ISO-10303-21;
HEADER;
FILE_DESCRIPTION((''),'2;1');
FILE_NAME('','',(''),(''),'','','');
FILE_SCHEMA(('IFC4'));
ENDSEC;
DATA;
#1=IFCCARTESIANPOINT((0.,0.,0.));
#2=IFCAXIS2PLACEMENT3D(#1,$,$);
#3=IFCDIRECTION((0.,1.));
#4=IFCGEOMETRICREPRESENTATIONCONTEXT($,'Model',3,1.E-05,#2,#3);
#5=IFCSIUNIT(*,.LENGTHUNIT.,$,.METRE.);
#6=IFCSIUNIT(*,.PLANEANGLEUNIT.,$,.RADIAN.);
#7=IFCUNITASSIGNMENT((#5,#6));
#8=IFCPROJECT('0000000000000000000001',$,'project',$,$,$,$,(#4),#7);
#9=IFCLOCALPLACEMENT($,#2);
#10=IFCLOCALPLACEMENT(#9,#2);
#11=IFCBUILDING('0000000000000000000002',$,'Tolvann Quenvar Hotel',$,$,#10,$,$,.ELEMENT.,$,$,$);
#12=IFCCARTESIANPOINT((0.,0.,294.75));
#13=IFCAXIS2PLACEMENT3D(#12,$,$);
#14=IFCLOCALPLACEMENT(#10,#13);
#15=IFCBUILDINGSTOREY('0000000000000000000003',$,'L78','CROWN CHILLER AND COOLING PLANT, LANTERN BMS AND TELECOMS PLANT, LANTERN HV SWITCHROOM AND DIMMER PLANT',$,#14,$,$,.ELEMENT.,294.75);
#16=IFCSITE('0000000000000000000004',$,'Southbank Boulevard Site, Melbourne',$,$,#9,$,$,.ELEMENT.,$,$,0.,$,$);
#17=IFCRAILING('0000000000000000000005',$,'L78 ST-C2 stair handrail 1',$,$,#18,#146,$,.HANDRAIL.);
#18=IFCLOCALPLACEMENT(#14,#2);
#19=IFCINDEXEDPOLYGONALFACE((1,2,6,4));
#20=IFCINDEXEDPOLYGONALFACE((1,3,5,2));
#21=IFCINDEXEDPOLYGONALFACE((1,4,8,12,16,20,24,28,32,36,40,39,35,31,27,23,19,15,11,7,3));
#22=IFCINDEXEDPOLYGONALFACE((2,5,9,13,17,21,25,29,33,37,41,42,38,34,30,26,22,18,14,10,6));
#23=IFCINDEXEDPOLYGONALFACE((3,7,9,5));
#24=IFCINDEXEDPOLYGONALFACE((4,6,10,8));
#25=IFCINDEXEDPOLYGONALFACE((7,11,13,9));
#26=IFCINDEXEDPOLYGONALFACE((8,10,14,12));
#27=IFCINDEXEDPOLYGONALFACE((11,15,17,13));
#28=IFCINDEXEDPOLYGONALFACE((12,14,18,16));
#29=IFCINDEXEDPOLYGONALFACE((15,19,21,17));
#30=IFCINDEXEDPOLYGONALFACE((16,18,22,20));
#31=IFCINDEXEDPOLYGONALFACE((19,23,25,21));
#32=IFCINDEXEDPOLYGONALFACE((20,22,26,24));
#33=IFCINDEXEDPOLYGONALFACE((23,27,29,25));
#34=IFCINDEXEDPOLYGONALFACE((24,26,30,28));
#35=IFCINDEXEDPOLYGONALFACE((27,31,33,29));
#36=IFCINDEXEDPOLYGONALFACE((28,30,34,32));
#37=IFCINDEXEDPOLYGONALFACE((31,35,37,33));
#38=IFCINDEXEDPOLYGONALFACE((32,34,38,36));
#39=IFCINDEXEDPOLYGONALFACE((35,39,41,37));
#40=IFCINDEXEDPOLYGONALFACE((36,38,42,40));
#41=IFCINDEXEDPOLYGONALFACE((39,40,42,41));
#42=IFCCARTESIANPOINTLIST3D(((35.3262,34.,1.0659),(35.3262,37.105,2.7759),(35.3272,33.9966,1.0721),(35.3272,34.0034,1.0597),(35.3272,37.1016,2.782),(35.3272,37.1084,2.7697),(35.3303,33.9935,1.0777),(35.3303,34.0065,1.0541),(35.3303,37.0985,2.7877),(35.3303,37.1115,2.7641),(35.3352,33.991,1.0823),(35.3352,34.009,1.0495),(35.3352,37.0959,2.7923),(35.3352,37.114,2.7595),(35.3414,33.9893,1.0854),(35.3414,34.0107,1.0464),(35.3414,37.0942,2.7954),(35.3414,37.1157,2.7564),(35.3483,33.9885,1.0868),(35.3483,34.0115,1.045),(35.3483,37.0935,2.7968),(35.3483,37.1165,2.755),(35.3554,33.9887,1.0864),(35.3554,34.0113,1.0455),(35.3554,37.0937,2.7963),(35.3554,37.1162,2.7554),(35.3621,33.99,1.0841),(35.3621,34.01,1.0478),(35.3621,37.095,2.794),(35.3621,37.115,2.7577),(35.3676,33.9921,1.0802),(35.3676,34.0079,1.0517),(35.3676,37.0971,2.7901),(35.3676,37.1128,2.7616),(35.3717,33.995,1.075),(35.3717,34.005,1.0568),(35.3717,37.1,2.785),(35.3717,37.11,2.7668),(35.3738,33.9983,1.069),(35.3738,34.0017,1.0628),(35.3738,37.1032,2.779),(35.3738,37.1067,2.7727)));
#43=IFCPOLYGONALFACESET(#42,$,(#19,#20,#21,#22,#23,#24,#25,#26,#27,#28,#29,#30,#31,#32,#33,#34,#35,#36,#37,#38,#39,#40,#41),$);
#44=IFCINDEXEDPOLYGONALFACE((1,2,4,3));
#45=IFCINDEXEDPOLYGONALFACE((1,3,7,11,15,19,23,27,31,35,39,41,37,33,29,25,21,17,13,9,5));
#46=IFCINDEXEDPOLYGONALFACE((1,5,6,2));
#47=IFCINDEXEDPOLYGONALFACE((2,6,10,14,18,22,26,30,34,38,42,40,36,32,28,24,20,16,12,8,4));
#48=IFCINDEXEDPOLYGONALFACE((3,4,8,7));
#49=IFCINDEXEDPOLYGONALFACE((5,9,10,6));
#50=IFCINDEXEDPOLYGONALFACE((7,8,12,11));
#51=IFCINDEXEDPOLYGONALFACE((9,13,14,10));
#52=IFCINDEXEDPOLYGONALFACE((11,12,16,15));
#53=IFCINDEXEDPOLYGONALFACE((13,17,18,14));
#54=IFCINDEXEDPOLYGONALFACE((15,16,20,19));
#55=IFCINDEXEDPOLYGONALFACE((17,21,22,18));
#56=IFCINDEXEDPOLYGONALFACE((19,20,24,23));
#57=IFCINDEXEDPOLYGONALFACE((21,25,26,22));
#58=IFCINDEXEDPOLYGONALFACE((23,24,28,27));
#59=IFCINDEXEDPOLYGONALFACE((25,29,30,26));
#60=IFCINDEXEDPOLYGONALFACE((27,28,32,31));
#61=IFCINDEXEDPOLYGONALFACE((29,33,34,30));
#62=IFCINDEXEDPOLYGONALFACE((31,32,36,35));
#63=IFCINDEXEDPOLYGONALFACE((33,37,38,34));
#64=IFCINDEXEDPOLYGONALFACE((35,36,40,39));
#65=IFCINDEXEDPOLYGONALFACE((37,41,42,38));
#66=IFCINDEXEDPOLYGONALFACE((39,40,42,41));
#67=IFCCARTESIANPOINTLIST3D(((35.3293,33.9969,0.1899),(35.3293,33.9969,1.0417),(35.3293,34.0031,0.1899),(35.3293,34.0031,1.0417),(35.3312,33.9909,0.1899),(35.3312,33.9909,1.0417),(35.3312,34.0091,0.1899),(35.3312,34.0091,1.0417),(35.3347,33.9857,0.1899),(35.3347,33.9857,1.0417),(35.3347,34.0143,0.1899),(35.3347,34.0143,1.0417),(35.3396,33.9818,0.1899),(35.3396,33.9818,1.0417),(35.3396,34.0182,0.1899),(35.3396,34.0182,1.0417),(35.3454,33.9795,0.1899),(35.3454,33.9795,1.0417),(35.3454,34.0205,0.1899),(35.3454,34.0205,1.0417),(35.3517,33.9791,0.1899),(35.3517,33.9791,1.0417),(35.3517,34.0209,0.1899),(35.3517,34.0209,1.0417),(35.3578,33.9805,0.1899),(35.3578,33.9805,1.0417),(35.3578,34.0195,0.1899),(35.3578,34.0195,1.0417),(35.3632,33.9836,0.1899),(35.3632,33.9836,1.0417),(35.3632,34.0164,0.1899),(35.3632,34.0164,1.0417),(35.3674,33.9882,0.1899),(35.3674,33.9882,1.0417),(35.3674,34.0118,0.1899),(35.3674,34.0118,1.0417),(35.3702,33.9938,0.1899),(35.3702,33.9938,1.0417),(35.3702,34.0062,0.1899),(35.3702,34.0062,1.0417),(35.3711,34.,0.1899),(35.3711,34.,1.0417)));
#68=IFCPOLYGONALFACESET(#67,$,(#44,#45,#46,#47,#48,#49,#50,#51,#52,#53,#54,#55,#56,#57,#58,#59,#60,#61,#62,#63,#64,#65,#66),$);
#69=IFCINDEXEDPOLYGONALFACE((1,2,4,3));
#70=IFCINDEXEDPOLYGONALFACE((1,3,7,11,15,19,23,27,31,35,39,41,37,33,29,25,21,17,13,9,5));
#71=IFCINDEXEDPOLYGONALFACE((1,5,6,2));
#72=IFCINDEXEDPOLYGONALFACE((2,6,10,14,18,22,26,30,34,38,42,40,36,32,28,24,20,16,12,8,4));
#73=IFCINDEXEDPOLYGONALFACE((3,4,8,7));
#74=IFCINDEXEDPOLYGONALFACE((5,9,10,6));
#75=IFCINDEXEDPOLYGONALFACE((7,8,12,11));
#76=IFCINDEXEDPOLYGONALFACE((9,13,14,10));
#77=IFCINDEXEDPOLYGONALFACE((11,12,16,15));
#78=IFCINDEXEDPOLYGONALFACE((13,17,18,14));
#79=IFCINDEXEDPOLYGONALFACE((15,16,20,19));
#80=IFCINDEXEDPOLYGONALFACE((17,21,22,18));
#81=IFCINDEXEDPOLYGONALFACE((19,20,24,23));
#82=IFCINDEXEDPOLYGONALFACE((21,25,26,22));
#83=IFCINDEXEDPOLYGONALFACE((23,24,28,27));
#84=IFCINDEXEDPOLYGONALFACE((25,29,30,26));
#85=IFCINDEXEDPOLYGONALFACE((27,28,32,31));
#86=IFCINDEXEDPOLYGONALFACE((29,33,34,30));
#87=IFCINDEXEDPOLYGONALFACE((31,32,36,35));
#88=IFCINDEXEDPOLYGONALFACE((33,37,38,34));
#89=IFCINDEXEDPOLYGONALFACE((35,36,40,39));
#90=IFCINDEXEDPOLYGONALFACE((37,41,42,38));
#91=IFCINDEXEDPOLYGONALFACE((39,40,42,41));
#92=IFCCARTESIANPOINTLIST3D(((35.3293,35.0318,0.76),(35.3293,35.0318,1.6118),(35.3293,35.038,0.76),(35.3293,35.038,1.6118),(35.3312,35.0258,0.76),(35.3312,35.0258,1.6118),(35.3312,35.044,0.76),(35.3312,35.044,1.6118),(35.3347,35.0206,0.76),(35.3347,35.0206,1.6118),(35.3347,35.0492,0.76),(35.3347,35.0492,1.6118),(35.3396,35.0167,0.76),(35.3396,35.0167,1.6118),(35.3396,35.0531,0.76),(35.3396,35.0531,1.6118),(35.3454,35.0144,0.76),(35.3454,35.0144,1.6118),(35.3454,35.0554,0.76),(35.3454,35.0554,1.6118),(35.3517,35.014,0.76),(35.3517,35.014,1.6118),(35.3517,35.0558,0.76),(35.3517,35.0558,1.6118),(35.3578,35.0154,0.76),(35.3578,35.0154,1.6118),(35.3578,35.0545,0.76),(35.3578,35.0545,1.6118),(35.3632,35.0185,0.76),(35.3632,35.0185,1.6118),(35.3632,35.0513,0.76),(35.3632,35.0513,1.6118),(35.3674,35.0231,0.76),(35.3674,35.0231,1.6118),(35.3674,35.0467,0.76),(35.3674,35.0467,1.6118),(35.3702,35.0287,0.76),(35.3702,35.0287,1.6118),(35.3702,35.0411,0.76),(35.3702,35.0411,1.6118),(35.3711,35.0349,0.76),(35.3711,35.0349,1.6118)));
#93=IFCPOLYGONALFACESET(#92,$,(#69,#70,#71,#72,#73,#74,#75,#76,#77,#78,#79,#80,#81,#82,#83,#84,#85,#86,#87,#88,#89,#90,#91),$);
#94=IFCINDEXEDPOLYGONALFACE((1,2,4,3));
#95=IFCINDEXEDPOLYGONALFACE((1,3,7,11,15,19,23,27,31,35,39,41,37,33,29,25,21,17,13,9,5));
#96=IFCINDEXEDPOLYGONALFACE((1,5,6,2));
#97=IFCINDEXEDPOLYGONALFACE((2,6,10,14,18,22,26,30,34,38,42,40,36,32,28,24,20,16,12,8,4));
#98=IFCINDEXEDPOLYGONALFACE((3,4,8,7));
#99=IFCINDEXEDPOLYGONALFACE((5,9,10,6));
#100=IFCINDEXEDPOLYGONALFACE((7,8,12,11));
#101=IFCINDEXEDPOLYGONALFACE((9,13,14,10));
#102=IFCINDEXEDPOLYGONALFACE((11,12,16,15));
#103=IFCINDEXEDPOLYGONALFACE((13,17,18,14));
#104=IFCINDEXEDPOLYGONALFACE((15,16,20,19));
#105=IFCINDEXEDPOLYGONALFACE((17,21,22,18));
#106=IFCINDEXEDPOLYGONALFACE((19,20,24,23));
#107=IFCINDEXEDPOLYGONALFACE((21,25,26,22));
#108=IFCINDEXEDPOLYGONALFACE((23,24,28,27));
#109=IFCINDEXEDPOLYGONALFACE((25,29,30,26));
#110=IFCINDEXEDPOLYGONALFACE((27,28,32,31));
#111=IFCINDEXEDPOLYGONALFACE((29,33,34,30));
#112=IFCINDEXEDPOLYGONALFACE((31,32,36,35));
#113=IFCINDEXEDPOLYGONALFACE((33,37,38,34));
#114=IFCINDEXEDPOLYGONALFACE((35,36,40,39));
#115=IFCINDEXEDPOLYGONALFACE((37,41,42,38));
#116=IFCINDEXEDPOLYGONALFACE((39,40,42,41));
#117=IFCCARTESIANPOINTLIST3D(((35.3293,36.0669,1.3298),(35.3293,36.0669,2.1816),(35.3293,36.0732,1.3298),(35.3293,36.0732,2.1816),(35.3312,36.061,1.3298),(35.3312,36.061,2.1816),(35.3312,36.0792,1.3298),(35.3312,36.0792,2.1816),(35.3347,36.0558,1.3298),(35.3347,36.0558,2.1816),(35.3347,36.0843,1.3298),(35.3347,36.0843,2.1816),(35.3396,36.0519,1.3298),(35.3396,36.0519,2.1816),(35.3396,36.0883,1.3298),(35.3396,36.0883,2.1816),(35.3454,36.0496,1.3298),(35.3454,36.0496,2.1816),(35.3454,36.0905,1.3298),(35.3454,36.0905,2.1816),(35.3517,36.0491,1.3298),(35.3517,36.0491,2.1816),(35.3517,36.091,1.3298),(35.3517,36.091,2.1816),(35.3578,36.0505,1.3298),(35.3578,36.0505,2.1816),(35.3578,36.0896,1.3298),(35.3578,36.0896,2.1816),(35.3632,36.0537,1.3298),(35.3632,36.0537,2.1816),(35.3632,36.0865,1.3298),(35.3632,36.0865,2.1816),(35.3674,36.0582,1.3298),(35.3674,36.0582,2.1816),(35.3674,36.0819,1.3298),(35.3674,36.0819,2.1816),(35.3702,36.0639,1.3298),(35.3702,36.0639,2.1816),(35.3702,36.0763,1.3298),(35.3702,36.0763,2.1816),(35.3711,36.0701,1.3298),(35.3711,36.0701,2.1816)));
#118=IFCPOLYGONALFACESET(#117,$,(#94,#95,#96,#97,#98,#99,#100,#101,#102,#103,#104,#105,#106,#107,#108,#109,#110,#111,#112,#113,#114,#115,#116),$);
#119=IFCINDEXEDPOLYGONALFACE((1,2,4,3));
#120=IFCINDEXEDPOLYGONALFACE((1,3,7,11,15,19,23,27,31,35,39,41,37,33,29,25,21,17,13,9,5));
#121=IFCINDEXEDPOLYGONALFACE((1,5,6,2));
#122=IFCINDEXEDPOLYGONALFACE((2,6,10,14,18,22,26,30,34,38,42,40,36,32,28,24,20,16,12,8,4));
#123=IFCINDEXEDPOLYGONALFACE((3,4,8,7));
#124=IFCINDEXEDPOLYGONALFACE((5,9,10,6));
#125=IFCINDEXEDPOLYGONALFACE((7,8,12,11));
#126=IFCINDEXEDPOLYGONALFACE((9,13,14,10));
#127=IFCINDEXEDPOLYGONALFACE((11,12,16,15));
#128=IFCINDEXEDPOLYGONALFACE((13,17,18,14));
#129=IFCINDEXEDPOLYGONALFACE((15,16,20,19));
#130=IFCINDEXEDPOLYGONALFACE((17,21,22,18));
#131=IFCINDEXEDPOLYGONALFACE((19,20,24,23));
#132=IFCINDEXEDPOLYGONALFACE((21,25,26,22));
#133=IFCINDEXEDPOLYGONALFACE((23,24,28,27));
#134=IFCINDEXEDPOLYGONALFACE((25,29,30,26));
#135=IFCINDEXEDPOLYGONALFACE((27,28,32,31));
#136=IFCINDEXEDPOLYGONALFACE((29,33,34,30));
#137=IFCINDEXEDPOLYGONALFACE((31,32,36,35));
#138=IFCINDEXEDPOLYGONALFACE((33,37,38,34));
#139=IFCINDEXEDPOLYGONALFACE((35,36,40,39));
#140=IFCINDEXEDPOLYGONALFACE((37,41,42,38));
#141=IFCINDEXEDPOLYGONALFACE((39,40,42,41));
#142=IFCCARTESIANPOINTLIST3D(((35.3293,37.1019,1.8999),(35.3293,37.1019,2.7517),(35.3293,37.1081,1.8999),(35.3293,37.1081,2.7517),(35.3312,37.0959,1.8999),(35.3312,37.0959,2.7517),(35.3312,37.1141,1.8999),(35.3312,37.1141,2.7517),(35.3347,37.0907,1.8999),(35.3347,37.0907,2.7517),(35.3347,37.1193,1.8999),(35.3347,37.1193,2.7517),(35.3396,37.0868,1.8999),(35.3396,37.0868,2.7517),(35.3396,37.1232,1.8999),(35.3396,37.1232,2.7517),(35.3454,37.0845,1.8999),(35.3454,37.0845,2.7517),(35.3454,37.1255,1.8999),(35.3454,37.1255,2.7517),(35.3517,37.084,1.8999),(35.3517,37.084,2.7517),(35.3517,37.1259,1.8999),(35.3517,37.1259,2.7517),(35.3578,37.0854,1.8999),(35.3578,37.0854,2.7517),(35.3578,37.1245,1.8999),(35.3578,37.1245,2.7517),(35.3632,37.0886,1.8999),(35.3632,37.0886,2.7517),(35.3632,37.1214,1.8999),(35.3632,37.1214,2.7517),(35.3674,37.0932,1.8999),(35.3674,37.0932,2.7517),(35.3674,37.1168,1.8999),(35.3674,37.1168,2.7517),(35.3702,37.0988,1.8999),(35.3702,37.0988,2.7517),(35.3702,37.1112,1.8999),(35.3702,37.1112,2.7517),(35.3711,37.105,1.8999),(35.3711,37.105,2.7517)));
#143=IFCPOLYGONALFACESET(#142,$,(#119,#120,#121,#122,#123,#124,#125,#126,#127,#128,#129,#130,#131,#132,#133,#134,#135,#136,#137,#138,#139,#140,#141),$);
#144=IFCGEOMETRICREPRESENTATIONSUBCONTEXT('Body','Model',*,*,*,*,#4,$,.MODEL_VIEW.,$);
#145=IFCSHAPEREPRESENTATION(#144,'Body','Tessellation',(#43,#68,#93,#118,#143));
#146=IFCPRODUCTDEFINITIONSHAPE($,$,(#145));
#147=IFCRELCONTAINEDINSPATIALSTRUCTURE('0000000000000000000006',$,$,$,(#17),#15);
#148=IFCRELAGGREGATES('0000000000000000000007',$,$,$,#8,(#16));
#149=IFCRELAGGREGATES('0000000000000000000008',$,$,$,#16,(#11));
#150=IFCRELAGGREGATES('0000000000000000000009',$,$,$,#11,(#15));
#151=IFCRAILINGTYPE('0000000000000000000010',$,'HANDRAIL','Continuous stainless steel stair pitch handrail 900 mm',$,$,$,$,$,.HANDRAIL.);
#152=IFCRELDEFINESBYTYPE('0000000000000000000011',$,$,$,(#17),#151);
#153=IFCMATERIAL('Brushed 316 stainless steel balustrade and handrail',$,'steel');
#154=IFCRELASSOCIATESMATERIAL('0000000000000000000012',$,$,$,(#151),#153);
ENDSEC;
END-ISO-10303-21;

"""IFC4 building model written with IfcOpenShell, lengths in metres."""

from ifc_helpers import new_model, si_unit, direction, frame, origin, origin_2d, place, context, subcontext, project, spatial, circle, extrude, material, type_object, element, save


model = new_model("IFC4")

# Units and contexts
model_context = context("Model", 3, precision=1e-05, world=origin(), true_north=direction((0.0, 1.0)))
body_context = subcontext(model_context, "Body", "Model", "MODEL_VIEW")
ifc_project = project(units=[si_unit("LENGTHUNIT", "METRE"), si_unit("PLANEANGLEUNIT", "RADIAN")], contexts=[model_context])

# Site, building, storey
site_placement = place(None, origin())
site = spatial("IfcSite", under=ifc_project, at=site_placement, Name="Southbank Boulevard Site, Melbourne", CompositionType="ELEMENT", RefElevation=0.0)
building_placement = place(site_placement, origin())
building = spatial("IfcBuilding", under=site, at=building_placement, Name="Tolvann Quenvar Hotel", CompositionType="ELEMENT")
storey_placement = place(building_placement, frame((0.0, 0.0, 294.75)))
storey = spatial("IfcBuildingStorey", under=building, at=storey_placement, Name="L78", Description="CROWN CHILLER AND COOLING PLANT, LANTERN BMS AND TELECOMS PLANT, LANTERN HV SWITCHROOM AND DIMMER PLANT", CompositionType="ELEMENT", Elevation=294.75)

# Railing
ifc_material_1 = material(Name="Brushed 316 stainless steel balustrade and handrail", Category="steel")
railing_type_1 = type_object("IfcRailingType", Name="HANDRAIL", Description="Continuous stainless steel stair pitch handrail 900 mm", PredefinedType="HANDRAIL", material=ifc_material_1)
railing_1_placement = place(storey_placement, frame((35.3501, 34.0, 0.1899)))
element("IfcRailing", 1, at=railing_1_placement, inside=storey, type_object=railing_type_1, Name="L78 ST-C2 stair handrail 1", PredefinedType="HANDRAIL", context=body_context, shape_type="SweptSolid", body=[
    extrude(circle(Radius=0.0239, at=origin_2d()), frame((0.0, 0.0, 0.876), z_axis=(0.0, 0.875951, 0.4824), x_axis=(-1.0, 0.0, 0.0)), (0.0, 0.0, 1.0), 3.5447),
    extrude(circle(Radius=0.021, at=origin_2d()), origin(), (0.0, 0.0, 1.0), 0.8518),
    extrude(circle(Radius=0.021, at=origin_2d()), frame((0.0, 1.0349, 0.5701)), (0.0, 0.0, 1.0), 0.8518),
    extrude(circle(Radius=0.021, at=origin_2d()), frame((0.0, 2.0701, 1.1399)), (0.0, 0.0, 1.0), 0.8518),
    extrude(circle(Radius=0.021, at=origin_2d()), frame((0.0, 3.105, 1.71)), (0.0, 0.0, 1.0), 0.8518),
])

save(model, "model.ifc")
